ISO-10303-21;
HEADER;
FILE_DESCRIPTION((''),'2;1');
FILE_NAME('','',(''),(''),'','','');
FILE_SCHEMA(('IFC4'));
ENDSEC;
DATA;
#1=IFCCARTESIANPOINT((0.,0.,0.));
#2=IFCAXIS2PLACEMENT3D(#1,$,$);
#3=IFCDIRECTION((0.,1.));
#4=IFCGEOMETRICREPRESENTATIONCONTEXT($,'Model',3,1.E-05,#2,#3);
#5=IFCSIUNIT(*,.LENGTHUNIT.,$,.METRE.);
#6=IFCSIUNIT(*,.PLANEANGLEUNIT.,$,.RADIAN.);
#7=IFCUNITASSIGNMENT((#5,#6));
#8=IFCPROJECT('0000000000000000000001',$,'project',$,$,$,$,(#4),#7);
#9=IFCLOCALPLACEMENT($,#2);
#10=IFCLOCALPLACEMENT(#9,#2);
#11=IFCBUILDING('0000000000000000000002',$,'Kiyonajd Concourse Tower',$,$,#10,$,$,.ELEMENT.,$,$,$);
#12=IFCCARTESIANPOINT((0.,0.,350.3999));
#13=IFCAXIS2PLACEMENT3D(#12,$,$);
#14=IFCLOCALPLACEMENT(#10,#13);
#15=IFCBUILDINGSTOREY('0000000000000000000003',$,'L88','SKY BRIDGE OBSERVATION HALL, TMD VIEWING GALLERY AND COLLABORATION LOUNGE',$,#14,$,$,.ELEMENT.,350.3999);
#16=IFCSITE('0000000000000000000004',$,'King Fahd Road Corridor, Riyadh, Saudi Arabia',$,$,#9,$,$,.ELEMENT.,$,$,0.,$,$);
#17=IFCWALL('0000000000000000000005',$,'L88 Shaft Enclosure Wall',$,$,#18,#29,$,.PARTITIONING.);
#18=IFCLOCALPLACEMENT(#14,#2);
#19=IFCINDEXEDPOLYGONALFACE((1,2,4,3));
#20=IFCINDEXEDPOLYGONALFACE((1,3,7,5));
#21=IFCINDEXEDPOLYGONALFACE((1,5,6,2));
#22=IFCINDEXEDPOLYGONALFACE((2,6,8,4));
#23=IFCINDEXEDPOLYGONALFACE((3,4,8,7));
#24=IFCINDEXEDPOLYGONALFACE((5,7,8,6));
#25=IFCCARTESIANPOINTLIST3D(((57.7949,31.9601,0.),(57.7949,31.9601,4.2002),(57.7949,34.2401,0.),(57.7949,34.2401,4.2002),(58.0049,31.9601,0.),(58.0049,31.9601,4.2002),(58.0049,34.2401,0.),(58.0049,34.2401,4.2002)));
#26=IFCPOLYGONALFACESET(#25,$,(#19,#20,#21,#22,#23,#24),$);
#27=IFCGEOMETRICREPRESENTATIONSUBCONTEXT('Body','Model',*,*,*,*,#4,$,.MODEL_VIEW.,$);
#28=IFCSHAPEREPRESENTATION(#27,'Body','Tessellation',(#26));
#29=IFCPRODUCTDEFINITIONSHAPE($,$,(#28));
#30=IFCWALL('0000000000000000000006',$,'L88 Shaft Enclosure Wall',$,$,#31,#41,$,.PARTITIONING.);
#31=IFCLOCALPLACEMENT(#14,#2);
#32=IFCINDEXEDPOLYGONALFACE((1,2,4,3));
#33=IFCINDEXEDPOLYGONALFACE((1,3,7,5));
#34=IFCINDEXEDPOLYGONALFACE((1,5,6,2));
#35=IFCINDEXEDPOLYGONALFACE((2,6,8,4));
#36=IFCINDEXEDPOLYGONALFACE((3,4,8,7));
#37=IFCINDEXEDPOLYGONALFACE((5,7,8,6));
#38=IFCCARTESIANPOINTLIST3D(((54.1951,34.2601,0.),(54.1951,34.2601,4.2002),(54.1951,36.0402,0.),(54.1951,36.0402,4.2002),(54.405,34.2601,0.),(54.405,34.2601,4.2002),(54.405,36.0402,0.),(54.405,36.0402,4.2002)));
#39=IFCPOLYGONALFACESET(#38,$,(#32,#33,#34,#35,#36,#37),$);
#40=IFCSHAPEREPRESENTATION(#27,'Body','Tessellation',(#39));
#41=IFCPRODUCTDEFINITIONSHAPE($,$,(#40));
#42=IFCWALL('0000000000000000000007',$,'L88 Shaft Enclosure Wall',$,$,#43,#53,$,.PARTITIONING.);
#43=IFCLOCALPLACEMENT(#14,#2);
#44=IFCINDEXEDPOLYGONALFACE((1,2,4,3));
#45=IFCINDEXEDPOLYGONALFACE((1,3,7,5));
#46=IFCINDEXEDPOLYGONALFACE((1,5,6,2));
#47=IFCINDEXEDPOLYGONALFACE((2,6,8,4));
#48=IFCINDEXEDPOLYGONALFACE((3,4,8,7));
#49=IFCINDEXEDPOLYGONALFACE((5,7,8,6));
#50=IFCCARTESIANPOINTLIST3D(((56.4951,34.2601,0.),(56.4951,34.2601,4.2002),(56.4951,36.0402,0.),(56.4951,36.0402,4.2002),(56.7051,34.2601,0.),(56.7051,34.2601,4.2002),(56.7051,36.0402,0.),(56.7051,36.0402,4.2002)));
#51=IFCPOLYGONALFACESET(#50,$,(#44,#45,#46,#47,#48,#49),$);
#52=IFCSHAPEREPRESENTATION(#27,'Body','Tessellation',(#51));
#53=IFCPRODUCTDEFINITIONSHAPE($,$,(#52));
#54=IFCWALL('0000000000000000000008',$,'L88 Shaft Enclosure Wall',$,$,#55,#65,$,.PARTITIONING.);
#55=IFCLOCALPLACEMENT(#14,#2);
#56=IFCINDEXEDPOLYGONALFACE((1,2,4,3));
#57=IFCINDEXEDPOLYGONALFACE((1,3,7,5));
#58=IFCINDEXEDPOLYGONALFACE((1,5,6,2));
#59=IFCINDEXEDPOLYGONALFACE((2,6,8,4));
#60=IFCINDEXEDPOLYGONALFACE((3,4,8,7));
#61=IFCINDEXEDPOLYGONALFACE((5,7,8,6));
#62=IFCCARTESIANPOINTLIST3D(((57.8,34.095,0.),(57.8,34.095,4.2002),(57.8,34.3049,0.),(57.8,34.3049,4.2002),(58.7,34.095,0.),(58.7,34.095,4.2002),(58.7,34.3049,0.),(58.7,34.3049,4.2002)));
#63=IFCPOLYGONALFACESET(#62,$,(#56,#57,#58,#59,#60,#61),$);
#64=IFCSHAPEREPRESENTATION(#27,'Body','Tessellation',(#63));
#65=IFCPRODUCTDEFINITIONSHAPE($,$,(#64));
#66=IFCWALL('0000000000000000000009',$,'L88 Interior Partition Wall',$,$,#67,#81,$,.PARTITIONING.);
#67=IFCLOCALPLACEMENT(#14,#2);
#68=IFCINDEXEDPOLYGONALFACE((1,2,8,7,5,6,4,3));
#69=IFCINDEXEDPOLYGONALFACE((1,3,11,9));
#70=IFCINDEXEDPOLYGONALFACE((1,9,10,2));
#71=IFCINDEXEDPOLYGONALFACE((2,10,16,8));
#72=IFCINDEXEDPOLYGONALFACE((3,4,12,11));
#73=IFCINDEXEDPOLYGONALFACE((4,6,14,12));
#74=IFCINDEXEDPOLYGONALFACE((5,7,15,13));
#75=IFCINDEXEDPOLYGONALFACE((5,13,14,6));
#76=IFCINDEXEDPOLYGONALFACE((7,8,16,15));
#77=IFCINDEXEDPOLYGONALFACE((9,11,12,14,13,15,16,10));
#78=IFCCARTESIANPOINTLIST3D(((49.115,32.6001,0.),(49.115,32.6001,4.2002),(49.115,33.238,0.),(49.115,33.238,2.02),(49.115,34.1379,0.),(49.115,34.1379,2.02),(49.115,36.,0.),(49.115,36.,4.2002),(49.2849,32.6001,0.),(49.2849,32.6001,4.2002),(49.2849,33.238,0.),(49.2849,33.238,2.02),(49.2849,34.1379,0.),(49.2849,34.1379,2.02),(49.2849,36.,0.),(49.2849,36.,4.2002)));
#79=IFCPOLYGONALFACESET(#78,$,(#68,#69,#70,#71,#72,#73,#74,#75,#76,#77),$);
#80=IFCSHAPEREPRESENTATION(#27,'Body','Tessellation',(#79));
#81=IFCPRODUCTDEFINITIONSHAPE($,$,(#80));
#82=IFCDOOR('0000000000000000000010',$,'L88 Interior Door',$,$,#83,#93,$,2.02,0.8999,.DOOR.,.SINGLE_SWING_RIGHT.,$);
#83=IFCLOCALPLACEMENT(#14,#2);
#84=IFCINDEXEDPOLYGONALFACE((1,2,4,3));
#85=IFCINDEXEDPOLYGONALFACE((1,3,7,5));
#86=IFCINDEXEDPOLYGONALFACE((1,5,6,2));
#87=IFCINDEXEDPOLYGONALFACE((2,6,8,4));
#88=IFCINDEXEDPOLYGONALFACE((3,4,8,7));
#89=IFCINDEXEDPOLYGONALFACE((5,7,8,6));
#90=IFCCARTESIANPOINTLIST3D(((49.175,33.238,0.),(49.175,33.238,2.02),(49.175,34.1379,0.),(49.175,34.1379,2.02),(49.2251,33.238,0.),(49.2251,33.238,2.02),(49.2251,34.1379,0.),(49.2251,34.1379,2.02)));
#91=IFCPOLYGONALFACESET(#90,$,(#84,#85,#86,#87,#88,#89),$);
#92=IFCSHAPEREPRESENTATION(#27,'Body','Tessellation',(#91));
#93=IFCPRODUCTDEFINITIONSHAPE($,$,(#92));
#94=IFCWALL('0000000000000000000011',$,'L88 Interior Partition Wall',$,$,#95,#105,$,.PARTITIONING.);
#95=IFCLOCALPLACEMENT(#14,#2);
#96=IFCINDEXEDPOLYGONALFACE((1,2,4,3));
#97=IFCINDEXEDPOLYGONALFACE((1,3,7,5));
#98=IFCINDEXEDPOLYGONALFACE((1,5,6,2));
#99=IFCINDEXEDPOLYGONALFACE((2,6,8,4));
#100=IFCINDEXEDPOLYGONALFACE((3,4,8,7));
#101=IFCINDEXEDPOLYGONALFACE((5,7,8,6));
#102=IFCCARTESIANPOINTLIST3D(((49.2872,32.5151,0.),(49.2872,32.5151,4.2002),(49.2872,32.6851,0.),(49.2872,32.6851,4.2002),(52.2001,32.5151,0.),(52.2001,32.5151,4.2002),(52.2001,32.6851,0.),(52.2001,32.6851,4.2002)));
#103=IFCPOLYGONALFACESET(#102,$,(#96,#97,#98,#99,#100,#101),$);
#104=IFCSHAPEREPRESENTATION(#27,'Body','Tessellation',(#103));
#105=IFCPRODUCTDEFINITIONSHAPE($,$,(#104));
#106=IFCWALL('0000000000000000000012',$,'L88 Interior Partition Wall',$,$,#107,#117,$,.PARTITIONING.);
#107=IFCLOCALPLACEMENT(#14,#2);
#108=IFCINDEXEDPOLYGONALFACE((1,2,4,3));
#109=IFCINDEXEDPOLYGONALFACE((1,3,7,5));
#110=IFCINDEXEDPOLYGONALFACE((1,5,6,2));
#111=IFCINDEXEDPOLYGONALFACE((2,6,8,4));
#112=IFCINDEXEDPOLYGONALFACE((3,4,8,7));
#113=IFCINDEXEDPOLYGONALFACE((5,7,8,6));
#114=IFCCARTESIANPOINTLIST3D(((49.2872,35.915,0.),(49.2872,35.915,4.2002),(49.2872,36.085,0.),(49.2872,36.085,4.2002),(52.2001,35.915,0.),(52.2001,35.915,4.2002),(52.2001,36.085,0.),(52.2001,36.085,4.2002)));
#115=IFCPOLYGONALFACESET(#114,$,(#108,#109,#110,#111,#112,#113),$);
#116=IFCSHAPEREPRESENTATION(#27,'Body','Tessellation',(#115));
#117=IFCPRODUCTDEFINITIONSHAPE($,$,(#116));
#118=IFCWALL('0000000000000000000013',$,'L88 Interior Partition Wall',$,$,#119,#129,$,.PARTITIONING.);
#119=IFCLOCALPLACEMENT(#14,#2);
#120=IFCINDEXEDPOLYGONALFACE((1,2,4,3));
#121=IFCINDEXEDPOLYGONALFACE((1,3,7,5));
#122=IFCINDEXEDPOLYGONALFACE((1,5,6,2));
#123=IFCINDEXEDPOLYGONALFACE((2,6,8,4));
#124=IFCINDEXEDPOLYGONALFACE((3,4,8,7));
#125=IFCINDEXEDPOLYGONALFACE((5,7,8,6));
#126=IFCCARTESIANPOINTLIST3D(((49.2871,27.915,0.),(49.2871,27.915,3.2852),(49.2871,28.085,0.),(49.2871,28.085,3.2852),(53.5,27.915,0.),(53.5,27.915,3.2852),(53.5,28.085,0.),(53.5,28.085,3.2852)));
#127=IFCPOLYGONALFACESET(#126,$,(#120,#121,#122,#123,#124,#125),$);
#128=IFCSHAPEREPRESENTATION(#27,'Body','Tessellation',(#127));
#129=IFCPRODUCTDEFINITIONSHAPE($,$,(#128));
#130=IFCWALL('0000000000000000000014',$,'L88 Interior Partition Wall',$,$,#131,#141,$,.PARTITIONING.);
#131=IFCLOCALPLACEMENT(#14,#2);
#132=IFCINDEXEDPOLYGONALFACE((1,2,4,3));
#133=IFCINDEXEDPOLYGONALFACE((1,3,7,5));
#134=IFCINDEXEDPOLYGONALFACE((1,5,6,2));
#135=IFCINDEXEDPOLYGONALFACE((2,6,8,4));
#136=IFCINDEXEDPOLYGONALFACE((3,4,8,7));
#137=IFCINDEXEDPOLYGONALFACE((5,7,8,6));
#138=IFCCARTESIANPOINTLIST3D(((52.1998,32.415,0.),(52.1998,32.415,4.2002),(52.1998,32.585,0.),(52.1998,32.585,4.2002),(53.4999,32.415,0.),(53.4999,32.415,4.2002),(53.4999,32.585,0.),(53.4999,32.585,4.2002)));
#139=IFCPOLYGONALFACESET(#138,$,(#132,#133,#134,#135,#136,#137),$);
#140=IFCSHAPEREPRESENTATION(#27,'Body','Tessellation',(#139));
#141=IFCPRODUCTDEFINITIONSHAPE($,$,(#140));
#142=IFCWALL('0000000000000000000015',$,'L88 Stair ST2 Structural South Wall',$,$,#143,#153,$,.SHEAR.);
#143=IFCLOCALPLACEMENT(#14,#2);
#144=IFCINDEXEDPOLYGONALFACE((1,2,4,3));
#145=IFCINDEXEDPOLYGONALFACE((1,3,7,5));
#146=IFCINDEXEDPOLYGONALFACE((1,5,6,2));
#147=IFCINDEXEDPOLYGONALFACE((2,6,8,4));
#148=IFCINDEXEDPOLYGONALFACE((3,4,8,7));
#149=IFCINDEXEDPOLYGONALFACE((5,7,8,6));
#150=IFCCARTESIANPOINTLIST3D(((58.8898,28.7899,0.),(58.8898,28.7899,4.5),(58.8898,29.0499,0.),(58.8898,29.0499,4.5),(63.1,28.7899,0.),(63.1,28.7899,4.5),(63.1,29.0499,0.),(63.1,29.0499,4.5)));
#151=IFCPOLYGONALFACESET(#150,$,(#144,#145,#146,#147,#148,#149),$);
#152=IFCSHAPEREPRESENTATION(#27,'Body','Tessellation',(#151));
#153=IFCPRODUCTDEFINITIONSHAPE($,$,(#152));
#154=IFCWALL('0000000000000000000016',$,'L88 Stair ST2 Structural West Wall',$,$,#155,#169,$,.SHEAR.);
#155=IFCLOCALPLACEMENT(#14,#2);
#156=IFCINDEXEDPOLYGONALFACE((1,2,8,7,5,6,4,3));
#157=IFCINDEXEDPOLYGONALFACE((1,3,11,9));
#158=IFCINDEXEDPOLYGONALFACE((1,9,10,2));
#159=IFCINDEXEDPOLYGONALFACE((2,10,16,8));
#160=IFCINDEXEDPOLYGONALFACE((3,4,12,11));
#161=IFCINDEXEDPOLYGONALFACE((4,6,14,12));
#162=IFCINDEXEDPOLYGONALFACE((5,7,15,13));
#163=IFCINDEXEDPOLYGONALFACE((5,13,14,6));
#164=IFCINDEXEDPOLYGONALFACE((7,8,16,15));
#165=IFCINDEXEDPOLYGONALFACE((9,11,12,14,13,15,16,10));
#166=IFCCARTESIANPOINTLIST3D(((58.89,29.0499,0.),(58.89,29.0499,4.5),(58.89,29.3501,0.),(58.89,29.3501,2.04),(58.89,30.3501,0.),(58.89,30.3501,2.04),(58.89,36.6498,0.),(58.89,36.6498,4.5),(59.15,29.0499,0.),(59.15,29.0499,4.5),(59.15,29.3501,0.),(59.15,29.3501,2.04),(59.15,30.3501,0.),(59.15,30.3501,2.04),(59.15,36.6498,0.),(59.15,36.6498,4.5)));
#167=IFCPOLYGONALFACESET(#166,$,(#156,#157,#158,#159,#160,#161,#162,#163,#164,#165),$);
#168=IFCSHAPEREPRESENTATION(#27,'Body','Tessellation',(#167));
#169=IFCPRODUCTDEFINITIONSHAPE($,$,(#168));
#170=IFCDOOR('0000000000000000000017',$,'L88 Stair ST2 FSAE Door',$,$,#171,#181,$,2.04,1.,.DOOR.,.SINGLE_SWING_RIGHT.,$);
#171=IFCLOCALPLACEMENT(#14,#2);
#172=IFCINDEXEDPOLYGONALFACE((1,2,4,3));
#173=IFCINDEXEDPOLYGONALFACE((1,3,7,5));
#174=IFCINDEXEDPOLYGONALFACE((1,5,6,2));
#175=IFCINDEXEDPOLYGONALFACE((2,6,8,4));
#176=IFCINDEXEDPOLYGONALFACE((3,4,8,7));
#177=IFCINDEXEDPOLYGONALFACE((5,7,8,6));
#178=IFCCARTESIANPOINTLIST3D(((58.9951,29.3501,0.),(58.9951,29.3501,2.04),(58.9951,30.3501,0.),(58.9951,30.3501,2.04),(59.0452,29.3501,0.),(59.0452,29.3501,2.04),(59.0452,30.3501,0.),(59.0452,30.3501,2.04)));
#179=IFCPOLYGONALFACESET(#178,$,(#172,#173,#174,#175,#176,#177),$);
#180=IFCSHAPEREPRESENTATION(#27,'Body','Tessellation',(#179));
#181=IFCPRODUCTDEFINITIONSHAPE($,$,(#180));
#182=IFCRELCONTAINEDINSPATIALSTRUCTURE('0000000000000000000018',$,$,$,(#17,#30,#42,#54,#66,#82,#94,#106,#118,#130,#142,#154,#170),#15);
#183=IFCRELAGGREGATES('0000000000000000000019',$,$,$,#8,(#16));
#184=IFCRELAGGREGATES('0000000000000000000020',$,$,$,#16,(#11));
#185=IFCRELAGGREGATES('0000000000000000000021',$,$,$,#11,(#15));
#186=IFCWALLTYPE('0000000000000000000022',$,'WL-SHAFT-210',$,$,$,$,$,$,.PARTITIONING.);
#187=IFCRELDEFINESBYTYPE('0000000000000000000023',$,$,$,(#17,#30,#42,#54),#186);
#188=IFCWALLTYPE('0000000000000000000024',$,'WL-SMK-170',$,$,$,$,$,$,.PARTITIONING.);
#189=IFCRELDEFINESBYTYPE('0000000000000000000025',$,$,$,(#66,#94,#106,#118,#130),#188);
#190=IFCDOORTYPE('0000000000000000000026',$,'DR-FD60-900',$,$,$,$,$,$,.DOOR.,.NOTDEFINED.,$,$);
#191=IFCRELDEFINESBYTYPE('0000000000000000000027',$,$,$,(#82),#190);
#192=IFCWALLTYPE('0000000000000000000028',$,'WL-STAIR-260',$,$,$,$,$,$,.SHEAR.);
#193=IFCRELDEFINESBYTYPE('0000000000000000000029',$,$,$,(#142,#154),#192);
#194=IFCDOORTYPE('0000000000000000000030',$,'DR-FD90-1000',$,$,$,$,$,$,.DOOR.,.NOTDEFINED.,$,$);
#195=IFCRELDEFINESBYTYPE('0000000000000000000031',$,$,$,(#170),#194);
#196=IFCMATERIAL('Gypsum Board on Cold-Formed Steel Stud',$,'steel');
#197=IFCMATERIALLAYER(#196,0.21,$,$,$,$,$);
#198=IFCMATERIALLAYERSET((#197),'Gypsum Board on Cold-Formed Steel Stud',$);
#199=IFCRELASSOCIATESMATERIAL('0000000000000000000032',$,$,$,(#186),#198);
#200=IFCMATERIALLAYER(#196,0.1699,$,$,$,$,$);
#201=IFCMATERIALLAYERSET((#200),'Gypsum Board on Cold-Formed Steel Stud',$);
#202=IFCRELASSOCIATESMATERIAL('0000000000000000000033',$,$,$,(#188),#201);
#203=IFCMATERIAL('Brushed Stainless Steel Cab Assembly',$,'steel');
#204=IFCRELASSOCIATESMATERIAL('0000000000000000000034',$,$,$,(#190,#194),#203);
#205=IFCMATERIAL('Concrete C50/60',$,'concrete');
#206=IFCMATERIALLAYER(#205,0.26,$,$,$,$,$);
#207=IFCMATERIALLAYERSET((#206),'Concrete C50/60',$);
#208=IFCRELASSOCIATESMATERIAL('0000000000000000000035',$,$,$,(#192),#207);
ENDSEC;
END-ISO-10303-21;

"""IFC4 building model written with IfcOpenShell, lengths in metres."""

from ifc_helpers import new_model, si_unit, direction, frame, frame_2d, origin, place, context, subcontext, project, spatial, rectangle, extrude, material, layer, layer_set, type_object, element, fill, save


model = new_model("IFC4")

# Units and contexts
model_context = context("Model", 3, precision=1e-05, world=origin(), true_north=direction((0.0, 1.0)))
body_context = subcontext(model_context, "Body", "Model", "MODEL_VIEW")
ifc_project = project(units=[si_unit("LENGTHUNIT", "METRE"), si_unit("PLANEANGLEUNIT", "RADIAN")], contexts=[model_context])

# Site, building, storey
site_placement = place(None, origin())
site = spatial("IfcSite", under=ifc_project, at=site_placement, Name="King Fahd Road Corridor, Riyadh, Saudi Arabia", CompositionType="ELEMENT", RefElevation=0.0)
building_placement = place(site_placement, origin())
building = spatial("IfcBuilding", under=site, at=building_placement, Name="Kiyonajd Concourse Tower", CompositionType="ELEMENT")
storey_placement = place(building_placement, frame((0.0, 0.0, 350.3999)))
storey = spatial("IfcBuildingStorey", under=building, at=storey_placement, Name="L88", Description="SKY BRIDGE OBSERVATION HALL, TMD VIEWING GALLERY AND COLLABORATION LOUNGE", CompositionType="ELEMENT", Elevation=350.3999)

# Shared definitions
ifc_material_1 = material(Name="Concrete C50/60", Category="concrete")

# Shared definitions
ifc_material_2 = material(Name="Gypsum Board on Cold-Formed Steel Stud", Category="steel")

# Shared definitions
ifc_layer_1 = layer(ifc_material_2, 0.21)
ifc_layer_set_1 = layer_set([ifc_layer_1], Name="Gypsum Board on Cold-Formed Steel Stud")
wall_type_1 = type_object("IfcWallType", Name="WL-SHAFT-210", PredefinedType="PARTITIONING", material=ifc_layer_set_1)
ifc_material_3 = material(Name="Brushed Stainless Steel Cab Assembly", Category="steel")

# Walls
for number, where, z_axis, x_axis, name in (
    (1, (57.8999, 31.96, 0.0), (0.0, 0.0, 1.0), (0.0, 1.0, 0.0), "L88 Shaft Enclosure Wall"),
):
    element("IfcWall", number, at=place(storey_placement, frame(where, z_axis=z_axis, x_axis=x_axis)), inside=storey, type_object=wall_type_1, Name=name, PredefinedType="PARTITIONING", context=body_context, shape_type="SweptSolid", body=[
        extrude(rectangle(XDim=2.28, YDim=0.21, at=frame_2d((1.1401, 0.0))), origin(), (0.0, 0.0, 1.0), 4.2002),
    ])
for number, where, z_axis, x_axis, name in (
    (2, (54.3, 34.26, 0.0), (0.0, 0.0, 1.0), (0.0, 1.0, 0.0), "L88 Shaft Enclosure Wall"),
    (3, (56.6001, 34.26, 0.0), (0.0, 0.0, 1.0), (0.0, 1.0, 0.0), "L88 Shaft Enclosure Wall"),
):
    element("IfcWall", number, at=place(storey_placement, frame(where, z_axis=z_axis, x_axis=x_axis)), inside=storey, type_object=wall_type_1, Name=name, PredefinedType="PARTITIONING", context=body_context, shape_type="SweptSolid", body=[
        extrude(rectangle(XDim=1.78, YDim=0.21, at=frame_2d((0.8901, 0.0))), origin(), (0.0, 0.0, 1.0), 4.2002),
    ])
wall_1_placement = place(storey_placement, frame((57.8, 34.2, 0.0), z_axis=(0.0, 0.0, 1.0), x_axis=(1.0, 0.0, 0.0)))
element("IfcWall", 4, at=wall_1_placement, inside=storey, type_object=wall_type_1, Name="L88 Shaft Enclosure Wall", PredefinedType="PARTITIONING", context=body_context, shape_type="SweptSolid", body=[
    extrude(rectangle(XDim=0.8999, YDim=0.21, at=frame_2d((0.45, 0.0))), origin(), (0.0, 0.0, 1.0), 4.2002),
])

# Wall, opening, door
ifc_layer_2 = layer(ifc_material_2, 0.1699)
ifc_layer_set_2 = layer_set([ifc_layer_2], Name="Gypsum Board on Cold-Formed Steel Stud")
wall_type_2 = type_object("IfcWallType", Name="WL-SMK-170", PredefinedType="PARTITIONING", material=ifc_layer_set_2)
wall_2_placement = place(storey_placement, frame((49.2, 32.6001, 0.0), z_axis=(0.0, 0.0, 1.0), x_axis=(0.0, 1.0, 0.0)))
wall_2 = element("IfcWall", 5, at=wall_2_placement, inside=storey, type_object=wall_type_2, Name="L88 Interior Partition Wall", PredefinedType="PARTITIONING", context=body_context, shape_type="SweptSolid", body=[
    extrude(rectangle(XDim=3.3999, YDim=0.1699, at=frame_2d((1.7, 0.0))), origin(), (0.0, 0.0, 1.0), 4.2002),
])
opening_1_placement = place(wall_2_placement, frame((0.6379, 0.0, 0.0)))
opening_1 = element("IfcOpeningElement", 6, at=opening_1_placement, cuts=wall_2, PredefinedType="OPENING", context=body_context, shape_type="SweptSolid", body=[
    extrude(rectangle(XDim=0.8999, YDim=2.02, at=frame_2d((0.45, 1.01))), frame((0.0, 0.095, 0.0), z_axis=(0.0, -1.0, 0.0), x_axis=(1.0, 0.0, 0.0)), (0.0, 0.0, 1.0), 0.1899),
])
door_type_1 = type_object("IfcDoorType", Name="DR-FD60-900", OperationType="NOTDEFINED", PredefinedType="DOOR", material=ifc_material_3)
door_1_placement = place(opening_1_placement, origin())
door_1 = element("IfcDoor", 7, at=door_1_placement, inside=storey, type_object=door_type_1, Name="L88 Interior Door", OperationType="SINGLE_SWING_RIGHT", OverallHeight=2.02, OverallWidth=0.8999, PredefinedType="DOOR", context=body_context, shape_type="SweptSolid", body=[
    extrude(rectangle(XDim=0.8999, YDim=2.02, at=frame_2d((0.45, 1.01))), frame((0.0, 0.0249, 0.0), z_axis=(0.0, -1.0, 0.0), x_axis=(1.0, 0.0, 0.0)), (0.0, 0.0, 1.0), 0.05),
])
fill(opening_1, door_1)

# Walls
for number, where, z_axis, x_axis, name in (
    (8, (49.2871, 32.6001, 0.0), (0.0, 0.0, 1.0), (1.0, 0.0, 0.0), "L88 Interior Partition Wall"),
    (9, (49.2871, 36.0, 0.0), (0.0, 0.0, 1.0), (1.0, 0.0, 0.0), "L88 Interior Partition Wall"),
):
    element("IfcWall", number, at=place(storey_placement, frame(where, z_axis=z_axis, x_axis=x_axis)), inside=storey, type_object=wall_type_2, Name=name, PredefinedType="PARTITIONING", context=body_context, shape_type="SweptSolid", body=[
        extrude(rectangle(XDim=2.9128, YDim=0.1699, at=frame_2d((1.4565, 0.0))), origin(), (0.0, 0.0, 1.0), 4.2002),
    ])
wall_3_placement = place(storey_placement, frame((49.2871, 28.0, 0.0), z_axis=(0.0, 0.0, 1.0), x_axis=(1.0, 0.0, 0.0)))
element("IfcWall", 10, at=wall_3_placement, inside=storey, type_object=wall_type_2, Name="L88 Interior Partition Wall", PredefinedType="PARTITIONING", context=body_context, shape_type="SweptSolid", body=[
    extrude(rectangle(XDim=4.2129, YDim=0.1699, at=frame_2d((2.1064, 0.0))), origin(), (0.0, 0.0, 1.0), 3.2852),
])
wall_4_placement = place(storey_placement, frame((52.2, 32.5, 0.0), z_axis=(0.0, 0.0, 1.0), x_axis=(1.0, 0.0, 0.0)))
element("IfcWall", 11, at=wall_4_placement, inside=storey, type_object=wall_type_2, Name="L88 Interior Partition Wall", PredefinedType="PARTITIONING", context=body_context, shape_type="SweptSolid", body=[
    extrude(rectangle(XDim=1.3, YDim=0.1699, at=frame_2d((0.6499, 0.0))), origin(), (0.0, 0.0, 1.0), 4.2002),
])
ifc_layer_3 = layer(ifc_material_1, 0.26)
ifc_layer_set_3 = layer_set([ifc_layer_3], Name="Concrete C50/60")
wall_type_3 = type_object("IfcWallType", Name="WL-STAIR-260", PredefinedType="SHEAR", material=ifc_layer_set_3)
wall_5_placement = place(storey_placement, frame((58.8899, 28.9199, 0.0), z_axis=(0.0, 0.0, 1.0), x_axis=(1.0, 0.0, 0.0)))
element("IfcWall", 12, at=wall_5_placement, inside=storey, type_object=wall_type_3, Name="L88 Stair ST2 Structural South Wall", PredefinedType="SHEAR", context=body_context, shape_type="SweptSolid", body=[
    extrude(rectangle(XDim=4.2102, YDim=0.26, at=frame_2d((2.105, 0.0))), origin(), (0.0, 0.0, 1.0), 4.5),
])

# Wall, opening, door
wall_6_placement = place(storey_placement, frame((59.02, 29.05, 0.0), z_axis=(0.0, 0.0, 1.0), x_axis=(0.0, 1.0, 0.0)))
wall_6 = element("IfcWall", 13, at=wall_6_placement, inside=storey, type_object=wall_type_3, Name="L88 Stair ST2 Structural West Wall", PredefinedType="SHEAR", context=body_context, shape_type="SweptSolid", body=[
    extrude(rectangle(XDim=7.5999, YDim=0.26, at=frame_2d((3.7998, 0.0))), origin(), (0.0, 0.0, 1.0), 4.5),
])
opening_2_placement = place(wall_6_placement, frame((0.3, 0.0, 0.0)))
opening_2 = element("IfcOpeningElement", 14, at=opening_2_placement, cuts=wall_6, PredefinedType="OPENING", context=body_context, shape_type="SweptSolid", body=[
    extrude(rectangle(XDim=1.0, YDim=2.04, at=frame_2d((0.5, 1.02))), frame((0.0, 0.1399, 0.0), z_axis=(0.0, -1.0, 0.0), x_axis=(1.0, 0.0, 0.0)), (0.0, 0.0, 1.0), 0.28),
])
door_type_2 = type_object("IfcDoorType", Name="DR-FD90-1000", OperationType="NOTDEFINED", PredefinedType="DOOR", material=ifc_material_3)
door_2_placement = place(opening_2_placement, origin())
door_2 = element("IfcDoor", 15, at=door_2_placement, inside=storey, type_object=door_type_2, Name="L88 Stair ST2 FSAE Door", OperationType="SINGLE_SWING_RIGHT", OverallHeight=2.04, OverallWidth=1.0, PredefinedType="DOOR", context=body_context, shape_type="SweptSolid", body=[
    extrude(rectangle(XDim=1.0, YDim=2.04, at=frame_2d((0.5, 1.02))), frame((0.0, 0.0249, 0.0), z_axis=(0.0, -1.0, 0.0), x_axis=(1.0, 0.0, 0.0)), (0.0, 0.0, 1.0), 0.05),
])
fill(opening_2, door_2)

save(model, "model.ifc")
